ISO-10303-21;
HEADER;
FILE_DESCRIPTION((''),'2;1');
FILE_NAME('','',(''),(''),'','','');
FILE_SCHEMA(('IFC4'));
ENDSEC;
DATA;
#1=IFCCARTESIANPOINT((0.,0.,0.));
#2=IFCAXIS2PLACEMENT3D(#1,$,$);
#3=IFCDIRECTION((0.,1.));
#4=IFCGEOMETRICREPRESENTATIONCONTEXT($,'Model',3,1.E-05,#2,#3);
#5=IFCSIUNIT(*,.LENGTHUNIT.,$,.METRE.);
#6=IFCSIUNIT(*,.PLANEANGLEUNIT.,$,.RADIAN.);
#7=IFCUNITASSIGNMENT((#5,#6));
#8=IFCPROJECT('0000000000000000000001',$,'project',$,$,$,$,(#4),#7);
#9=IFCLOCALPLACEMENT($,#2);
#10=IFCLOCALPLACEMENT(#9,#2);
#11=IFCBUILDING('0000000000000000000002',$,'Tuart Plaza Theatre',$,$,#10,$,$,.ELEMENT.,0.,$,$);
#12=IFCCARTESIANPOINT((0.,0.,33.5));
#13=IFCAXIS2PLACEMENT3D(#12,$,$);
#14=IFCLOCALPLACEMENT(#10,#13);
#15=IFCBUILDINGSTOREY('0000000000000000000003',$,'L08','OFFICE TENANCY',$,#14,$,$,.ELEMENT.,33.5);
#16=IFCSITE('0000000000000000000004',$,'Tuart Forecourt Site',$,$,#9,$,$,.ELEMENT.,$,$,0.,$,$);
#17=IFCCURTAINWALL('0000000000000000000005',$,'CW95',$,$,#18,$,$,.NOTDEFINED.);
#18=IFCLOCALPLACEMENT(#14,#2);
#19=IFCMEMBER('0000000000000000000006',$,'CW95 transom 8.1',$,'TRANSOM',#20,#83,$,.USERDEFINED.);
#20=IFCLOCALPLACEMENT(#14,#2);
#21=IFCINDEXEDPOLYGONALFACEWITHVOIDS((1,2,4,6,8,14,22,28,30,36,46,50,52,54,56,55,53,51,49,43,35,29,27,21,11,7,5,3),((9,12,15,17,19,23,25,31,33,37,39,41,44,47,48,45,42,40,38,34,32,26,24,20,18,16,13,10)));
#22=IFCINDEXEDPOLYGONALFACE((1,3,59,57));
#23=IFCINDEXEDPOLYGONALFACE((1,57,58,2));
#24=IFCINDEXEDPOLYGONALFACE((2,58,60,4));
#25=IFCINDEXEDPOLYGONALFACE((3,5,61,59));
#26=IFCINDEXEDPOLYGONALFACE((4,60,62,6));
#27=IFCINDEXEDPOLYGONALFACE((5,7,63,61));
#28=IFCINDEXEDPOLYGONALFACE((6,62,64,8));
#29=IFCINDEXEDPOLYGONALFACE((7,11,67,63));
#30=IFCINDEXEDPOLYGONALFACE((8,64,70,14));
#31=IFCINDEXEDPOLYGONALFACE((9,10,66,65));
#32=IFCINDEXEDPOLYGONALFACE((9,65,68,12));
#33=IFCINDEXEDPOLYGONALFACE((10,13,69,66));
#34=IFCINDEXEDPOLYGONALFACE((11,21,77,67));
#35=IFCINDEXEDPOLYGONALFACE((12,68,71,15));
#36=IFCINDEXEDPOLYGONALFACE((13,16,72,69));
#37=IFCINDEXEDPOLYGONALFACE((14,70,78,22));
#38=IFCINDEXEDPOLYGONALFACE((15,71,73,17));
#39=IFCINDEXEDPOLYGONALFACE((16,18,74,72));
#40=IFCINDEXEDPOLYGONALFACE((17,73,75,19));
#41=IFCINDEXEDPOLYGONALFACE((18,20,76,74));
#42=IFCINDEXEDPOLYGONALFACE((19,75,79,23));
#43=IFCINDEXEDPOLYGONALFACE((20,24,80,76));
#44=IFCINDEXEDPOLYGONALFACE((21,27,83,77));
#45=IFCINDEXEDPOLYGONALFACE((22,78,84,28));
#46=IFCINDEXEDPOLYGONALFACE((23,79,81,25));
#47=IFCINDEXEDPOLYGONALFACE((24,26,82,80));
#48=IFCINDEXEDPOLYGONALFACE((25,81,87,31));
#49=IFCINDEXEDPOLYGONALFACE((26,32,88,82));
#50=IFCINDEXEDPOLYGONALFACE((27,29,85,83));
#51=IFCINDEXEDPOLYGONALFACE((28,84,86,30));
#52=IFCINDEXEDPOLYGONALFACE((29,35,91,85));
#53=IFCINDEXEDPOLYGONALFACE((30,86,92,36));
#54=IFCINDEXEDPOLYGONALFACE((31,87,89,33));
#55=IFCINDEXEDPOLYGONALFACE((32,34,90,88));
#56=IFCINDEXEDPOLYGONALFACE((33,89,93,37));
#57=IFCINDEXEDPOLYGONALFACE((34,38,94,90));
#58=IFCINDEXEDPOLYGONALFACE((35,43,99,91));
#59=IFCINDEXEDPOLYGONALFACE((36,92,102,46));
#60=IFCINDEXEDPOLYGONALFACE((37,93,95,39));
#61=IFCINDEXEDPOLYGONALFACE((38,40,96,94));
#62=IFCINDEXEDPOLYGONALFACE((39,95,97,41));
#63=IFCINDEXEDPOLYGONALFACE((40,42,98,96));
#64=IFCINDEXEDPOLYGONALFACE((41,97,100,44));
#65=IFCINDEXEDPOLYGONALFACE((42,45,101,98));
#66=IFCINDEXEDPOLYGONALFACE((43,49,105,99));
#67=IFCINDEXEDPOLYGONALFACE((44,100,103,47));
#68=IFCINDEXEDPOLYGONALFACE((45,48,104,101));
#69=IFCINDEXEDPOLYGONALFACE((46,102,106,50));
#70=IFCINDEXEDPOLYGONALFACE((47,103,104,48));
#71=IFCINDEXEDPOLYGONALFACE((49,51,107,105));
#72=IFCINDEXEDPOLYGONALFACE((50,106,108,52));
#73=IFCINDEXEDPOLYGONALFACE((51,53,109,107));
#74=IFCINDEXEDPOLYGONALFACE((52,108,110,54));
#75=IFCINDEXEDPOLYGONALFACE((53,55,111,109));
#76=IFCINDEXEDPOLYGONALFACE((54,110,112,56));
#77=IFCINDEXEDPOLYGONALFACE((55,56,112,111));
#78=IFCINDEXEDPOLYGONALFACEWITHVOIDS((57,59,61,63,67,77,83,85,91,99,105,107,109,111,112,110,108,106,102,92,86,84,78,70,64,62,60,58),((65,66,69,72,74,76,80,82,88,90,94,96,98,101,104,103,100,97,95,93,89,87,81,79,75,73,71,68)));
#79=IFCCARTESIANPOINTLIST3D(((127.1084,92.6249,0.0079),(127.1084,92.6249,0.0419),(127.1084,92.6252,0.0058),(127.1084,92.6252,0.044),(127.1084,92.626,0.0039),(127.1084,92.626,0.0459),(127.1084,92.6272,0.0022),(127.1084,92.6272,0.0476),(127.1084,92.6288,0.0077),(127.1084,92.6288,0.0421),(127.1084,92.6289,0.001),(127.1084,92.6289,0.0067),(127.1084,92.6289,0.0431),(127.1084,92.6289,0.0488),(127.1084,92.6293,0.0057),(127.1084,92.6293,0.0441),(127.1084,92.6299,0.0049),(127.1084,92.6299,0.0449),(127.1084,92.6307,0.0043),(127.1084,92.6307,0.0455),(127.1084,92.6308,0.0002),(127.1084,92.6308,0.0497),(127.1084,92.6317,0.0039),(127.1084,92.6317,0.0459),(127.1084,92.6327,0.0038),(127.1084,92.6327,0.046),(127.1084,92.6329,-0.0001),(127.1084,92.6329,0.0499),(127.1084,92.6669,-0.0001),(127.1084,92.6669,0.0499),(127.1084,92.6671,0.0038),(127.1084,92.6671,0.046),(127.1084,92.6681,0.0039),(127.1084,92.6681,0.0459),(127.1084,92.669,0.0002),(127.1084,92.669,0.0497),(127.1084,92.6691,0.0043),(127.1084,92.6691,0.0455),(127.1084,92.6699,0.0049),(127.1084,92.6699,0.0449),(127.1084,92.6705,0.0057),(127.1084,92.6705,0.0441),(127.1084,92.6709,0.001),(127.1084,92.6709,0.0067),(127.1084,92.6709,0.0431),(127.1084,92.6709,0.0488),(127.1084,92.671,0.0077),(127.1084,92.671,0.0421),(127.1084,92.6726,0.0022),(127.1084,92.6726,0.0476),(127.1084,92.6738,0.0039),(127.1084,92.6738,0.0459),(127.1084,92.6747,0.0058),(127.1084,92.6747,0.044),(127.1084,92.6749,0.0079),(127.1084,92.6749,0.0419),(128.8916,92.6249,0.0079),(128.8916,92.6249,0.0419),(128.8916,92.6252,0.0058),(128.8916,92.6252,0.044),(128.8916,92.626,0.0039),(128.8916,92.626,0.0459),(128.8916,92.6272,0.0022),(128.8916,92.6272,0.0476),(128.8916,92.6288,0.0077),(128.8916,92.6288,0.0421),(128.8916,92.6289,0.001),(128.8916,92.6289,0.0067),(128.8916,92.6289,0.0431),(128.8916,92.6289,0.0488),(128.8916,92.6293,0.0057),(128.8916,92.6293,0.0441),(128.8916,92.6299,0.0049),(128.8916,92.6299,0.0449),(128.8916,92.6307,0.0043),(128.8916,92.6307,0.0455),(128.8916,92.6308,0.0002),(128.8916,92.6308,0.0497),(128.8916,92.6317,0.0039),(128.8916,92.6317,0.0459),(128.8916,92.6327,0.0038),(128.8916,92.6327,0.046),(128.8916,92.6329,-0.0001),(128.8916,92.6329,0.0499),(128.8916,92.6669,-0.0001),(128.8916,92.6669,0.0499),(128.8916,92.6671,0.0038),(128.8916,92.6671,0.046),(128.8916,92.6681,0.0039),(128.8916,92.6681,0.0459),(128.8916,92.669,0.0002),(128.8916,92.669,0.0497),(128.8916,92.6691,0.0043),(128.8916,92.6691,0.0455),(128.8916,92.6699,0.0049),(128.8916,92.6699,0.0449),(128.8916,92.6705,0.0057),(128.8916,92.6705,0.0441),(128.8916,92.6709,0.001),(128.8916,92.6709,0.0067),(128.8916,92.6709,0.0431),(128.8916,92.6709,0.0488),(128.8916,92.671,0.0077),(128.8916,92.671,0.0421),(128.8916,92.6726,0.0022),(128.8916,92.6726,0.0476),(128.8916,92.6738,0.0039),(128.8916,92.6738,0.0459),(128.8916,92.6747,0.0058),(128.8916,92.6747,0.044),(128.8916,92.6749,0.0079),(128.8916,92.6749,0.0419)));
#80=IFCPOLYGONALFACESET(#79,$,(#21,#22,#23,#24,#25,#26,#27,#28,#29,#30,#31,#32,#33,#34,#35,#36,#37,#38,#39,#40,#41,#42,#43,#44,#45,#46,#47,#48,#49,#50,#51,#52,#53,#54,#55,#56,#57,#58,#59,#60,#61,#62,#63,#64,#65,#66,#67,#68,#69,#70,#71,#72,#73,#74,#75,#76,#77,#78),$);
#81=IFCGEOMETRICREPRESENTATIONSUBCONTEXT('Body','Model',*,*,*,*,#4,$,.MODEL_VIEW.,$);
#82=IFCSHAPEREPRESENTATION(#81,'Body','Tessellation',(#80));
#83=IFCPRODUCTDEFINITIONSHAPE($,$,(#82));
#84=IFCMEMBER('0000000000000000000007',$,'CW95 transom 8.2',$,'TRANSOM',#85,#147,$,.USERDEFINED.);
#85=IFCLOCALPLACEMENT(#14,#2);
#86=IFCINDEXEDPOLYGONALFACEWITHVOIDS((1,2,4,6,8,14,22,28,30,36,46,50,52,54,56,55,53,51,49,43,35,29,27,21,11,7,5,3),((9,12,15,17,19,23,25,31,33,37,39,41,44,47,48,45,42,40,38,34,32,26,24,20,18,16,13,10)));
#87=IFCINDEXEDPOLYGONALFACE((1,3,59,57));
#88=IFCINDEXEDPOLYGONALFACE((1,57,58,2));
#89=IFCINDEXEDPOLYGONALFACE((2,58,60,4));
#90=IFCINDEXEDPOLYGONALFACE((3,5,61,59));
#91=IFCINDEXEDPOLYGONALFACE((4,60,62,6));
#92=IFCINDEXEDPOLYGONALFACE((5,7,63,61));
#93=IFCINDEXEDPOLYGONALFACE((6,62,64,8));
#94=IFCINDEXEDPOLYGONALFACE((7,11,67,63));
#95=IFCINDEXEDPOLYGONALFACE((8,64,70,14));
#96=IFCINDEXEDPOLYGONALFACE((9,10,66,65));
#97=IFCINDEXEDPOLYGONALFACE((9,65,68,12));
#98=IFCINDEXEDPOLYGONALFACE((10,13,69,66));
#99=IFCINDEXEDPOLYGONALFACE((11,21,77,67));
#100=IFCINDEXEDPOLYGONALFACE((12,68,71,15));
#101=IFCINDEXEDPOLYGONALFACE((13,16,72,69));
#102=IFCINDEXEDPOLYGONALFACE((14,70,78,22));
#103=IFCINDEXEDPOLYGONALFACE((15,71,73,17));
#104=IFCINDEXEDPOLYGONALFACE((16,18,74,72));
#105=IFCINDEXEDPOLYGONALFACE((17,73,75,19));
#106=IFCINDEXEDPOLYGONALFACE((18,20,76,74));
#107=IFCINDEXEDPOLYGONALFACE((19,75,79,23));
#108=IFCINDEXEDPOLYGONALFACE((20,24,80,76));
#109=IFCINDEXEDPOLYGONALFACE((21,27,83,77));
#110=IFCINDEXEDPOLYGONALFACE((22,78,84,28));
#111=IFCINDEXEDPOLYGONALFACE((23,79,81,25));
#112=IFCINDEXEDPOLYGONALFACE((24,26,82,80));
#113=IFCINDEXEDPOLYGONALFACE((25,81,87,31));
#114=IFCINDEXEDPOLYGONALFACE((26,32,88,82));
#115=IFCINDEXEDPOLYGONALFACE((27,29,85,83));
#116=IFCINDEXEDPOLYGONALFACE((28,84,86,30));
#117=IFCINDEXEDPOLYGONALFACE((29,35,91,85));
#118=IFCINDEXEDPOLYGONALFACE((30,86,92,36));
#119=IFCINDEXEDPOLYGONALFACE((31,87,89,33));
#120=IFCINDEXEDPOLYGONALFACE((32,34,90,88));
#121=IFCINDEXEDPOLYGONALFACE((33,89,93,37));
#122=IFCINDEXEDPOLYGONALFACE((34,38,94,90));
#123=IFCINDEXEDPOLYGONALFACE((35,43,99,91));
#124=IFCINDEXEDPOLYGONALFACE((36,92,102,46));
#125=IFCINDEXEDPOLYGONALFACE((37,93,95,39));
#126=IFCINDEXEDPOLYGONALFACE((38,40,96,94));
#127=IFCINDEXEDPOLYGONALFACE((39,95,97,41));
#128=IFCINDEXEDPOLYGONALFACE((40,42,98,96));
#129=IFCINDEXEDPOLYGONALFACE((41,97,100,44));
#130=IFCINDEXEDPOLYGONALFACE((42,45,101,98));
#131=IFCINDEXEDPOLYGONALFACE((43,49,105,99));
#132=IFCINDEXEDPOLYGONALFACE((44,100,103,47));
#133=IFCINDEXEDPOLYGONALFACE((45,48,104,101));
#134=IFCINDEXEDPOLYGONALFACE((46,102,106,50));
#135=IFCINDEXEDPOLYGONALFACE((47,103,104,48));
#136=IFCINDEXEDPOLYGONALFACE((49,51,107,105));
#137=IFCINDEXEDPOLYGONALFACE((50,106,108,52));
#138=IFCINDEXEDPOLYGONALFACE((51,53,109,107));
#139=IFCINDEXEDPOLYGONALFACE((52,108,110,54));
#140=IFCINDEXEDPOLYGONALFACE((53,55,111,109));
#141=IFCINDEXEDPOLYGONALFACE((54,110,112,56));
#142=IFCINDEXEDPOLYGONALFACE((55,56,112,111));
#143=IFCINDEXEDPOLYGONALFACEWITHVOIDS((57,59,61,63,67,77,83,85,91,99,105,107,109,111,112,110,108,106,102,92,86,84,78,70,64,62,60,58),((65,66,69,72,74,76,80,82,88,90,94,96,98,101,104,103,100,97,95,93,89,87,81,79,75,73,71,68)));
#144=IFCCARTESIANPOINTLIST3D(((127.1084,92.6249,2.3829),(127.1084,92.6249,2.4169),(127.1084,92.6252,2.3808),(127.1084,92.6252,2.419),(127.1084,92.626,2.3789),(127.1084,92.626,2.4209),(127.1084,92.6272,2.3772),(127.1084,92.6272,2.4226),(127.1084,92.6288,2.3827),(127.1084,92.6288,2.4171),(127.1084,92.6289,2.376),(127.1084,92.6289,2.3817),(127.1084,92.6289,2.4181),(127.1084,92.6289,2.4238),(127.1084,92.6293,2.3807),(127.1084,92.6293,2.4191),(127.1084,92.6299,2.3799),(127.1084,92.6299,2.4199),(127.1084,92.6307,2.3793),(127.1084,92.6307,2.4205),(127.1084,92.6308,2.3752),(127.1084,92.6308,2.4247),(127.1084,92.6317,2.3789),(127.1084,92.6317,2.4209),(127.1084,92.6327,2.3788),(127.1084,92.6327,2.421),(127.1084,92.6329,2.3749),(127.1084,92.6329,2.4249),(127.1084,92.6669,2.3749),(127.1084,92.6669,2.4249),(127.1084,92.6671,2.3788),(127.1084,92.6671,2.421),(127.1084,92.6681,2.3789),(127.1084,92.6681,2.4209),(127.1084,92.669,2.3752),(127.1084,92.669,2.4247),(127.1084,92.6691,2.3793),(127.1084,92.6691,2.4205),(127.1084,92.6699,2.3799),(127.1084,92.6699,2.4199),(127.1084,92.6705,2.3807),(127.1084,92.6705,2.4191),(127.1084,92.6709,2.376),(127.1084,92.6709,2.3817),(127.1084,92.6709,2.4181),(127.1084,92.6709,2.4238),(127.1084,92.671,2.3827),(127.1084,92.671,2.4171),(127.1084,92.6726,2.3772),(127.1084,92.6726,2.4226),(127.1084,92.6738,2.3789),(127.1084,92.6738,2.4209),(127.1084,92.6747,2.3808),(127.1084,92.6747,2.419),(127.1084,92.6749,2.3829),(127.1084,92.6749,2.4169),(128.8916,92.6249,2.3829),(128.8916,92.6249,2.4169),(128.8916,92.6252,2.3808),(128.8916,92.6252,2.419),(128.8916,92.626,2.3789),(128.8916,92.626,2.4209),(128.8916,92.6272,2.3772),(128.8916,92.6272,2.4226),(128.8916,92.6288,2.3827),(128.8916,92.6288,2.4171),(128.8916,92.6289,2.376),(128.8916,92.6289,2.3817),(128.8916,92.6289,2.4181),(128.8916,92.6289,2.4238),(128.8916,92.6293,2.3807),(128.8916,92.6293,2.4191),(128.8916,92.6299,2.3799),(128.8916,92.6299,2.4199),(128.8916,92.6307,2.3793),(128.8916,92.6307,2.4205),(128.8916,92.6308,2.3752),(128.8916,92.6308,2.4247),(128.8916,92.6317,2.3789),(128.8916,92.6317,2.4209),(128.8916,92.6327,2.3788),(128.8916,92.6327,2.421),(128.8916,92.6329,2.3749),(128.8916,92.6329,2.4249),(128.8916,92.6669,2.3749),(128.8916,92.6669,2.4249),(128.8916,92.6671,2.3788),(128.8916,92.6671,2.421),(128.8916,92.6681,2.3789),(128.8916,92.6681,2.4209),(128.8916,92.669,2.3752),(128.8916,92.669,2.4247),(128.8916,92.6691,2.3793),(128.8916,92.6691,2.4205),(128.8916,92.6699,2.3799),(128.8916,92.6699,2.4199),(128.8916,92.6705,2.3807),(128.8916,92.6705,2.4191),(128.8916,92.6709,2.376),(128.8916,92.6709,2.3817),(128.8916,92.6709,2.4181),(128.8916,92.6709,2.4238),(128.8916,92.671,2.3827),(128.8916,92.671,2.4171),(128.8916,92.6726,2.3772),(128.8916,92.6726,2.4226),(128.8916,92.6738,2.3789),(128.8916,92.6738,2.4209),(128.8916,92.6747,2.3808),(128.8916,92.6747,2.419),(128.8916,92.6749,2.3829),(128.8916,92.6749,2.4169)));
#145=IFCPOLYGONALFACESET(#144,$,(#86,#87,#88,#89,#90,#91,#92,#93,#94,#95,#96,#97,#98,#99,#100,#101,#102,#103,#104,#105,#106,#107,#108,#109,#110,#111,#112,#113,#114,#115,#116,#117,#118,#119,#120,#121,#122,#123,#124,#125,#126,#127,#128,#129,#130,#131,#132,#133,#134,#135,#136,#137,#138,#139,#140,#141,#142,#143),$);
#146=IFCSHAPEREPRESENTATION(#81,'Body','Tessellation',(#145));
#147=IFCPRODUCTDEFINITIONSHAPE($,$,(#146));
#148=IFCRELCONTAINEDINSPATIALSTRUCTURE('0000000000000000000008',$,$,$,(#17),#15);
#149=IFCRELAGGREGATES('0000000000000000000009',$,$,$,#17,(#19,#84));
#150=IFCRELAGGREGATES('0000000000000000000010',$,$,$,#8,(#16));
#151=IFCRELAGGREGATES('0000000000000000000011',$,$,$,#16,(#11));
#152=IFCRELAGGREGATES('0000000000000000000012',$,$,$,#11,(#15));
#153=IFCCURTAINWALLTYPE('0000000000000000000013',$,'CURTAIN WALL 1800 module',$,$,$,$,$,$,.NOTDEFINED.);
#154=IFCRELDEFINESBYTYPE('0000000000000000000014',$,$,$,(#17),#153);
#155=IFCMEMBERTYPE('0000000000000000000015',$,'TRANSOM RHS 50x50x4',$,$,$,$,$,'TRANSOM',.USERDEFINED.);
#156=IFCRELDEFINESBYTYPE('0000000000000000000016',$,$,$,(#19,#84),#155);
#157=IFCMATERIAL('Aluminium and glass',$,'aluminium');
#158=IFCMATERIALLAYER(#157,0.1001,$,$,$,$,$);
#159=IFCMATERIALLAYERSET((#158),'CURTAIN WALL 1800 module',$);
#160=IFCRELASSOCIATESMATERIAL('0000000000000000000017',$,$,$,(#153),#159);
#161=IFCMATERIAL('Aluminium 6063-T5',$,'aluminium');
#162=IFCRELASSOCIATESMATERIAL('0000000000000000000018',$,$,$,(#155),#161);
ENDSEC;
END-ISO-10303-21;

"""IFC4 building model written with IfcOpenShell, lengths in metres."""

from ifc_helpers import new_model, si_unit, direction, frame, origin, origin_2d, place, context, subcontext, project, spatial, hollow_rectangle, extrude, material, layer, layer_set, material_profile, profile_set, type_object, element, aggregate, save


model = new_model("IFC4")

# Units and contexts
model_context = context("Model", 3, precision=1e-05, world=origin(), true_north=direction((0.0, 1.0)))
body_context = subcontext(model_context, "Body", "Model", "MODEL_VIEW")
ifc_project = project(units=[si_unit("LENGTHUNIT", "METRE"), si_unit("PLANEANGLEUNIT", "RADIAN")], contexts=[model_context])

# Site, building, storey
site_placement = place(None, origin())
site = spatial("IfcSite", under=ifc_project, at=site_placement, Name="Tuart Forecourt Site", CompositionType="ELEMENT", RefElevation=0.0)
building_placement = place(site_placement, origin())
building = spatial("IfcBuilding", under=site, at=building_placement, Name="Tuart Plaza Theatre", CompositionType="ELEMENT", ElevationOfRefHeight=0.0)
storey_placement = place(building_placement, frame((0.0, 0.0, 33.5)))
storey = spatial("IfcBuildingStorey", under=building, at=storey_placement, Name="L08", Description="OFFICE TENANCY", CompositionType="ELEMENT", Elevation=33.5)

# Curtain wall, members
ifc_material_1 = material(Name="Aluminium and glass", Category="aluminium")
ifc_layer_1 = layer(ifc_material_1, 0.1001)
ifc_layer_set_1 = layer_set([ifc_layer_1], Name="CURTAIN WALL 1800 module")
curtain_wall_type = type_object("IfcCurtainWallType", Name="CURTAIN WALL 1800 module", PredefinedType="NOTDEFINED", material=ifc_layer_set_1)
curtain_wall_placement = place(storey_placement, origin())
curtain_wall = element("IfcCurtainWall", 1, at=curtain_wall_placement, inside=storey, type_object=curtain_wall_type, Name="CW95", PredefinedType="NOTDEFINED")
ifc_material_2 = material(Name="Aluminium 6063-T5", Category="aluminium")
ifc_material_profile_1 = material_profile(ifc_material_2, hollow_rectangle(XDim=0.05, YDim=0.05, WallThickness=0.0039, InnerFilletRadius=0.0039, OuterFilletRadius=0.0081, at=origin_2d()), Name="RHS 50x50x4")
ifc_profile_set_1 = profile_set([ifc_material_profile_1], Name="Aluminium 6063-T5")
member_type_1 = type_object("IfcMemberType", Name="TRANSOM RHS 50x50x4", ElementType="TRANSOM", PredefinedType="USERDEFINED", material=ifc_profile_set_1)
member_1_placement = place(storey_placement, frame((128.8916, 92.6499, 0.0249), z_axis=(-1.0, 0.0, 0.0), x_axis=(0.0, -1.0, 0.0)))
member_1 = element("IfcMember", 2, at=member_1_placement, type_object=member_type_1, Name="CW95 transom 8.1", ObjectType="TRANSOM", PredefinedType="USERDEFINED", context=body_context, shape_type="SweptSolid", body=[
    extrude(hollow_rectangle(XDim=0.05, YDim=0.05, WallThickness=0.0039, InnerFilletRadius=0.0039, OuterFilletRadius=0.0081, at=origin_2d()), origin(), (0.0, 0.0, 1.0), 1.7832),
])
member_2_placement = place(storey_placement, frame((128.8916, 92.6499, 2.3999), z_axis=(-1.0, 0.0, 0.0), x_axis=(0.0, -1.0, 0.0)))
member_2 = element("IfcMember", 3, at=member_2_placement, type_object=member_type_1, Name="CW95 transom 8.2", ObjectType="TRANSOM", PredefinedType="USERDEFINED", context=body_context, shape_type="SweptSolid", body=[
    extrude(hollow_rectangle(XDim=0.05, YDim=0.05, WallThickness=0.0039, InnerFilletRadius=0.0039, OuterFilletRadius=0.0081, at=origin_2d()), origin(), (0.0, 0.0, 1.0), 1.7832),
])
aggregate(curtain_wall, [member_1, member_2])

save(model, "model.ifc")
